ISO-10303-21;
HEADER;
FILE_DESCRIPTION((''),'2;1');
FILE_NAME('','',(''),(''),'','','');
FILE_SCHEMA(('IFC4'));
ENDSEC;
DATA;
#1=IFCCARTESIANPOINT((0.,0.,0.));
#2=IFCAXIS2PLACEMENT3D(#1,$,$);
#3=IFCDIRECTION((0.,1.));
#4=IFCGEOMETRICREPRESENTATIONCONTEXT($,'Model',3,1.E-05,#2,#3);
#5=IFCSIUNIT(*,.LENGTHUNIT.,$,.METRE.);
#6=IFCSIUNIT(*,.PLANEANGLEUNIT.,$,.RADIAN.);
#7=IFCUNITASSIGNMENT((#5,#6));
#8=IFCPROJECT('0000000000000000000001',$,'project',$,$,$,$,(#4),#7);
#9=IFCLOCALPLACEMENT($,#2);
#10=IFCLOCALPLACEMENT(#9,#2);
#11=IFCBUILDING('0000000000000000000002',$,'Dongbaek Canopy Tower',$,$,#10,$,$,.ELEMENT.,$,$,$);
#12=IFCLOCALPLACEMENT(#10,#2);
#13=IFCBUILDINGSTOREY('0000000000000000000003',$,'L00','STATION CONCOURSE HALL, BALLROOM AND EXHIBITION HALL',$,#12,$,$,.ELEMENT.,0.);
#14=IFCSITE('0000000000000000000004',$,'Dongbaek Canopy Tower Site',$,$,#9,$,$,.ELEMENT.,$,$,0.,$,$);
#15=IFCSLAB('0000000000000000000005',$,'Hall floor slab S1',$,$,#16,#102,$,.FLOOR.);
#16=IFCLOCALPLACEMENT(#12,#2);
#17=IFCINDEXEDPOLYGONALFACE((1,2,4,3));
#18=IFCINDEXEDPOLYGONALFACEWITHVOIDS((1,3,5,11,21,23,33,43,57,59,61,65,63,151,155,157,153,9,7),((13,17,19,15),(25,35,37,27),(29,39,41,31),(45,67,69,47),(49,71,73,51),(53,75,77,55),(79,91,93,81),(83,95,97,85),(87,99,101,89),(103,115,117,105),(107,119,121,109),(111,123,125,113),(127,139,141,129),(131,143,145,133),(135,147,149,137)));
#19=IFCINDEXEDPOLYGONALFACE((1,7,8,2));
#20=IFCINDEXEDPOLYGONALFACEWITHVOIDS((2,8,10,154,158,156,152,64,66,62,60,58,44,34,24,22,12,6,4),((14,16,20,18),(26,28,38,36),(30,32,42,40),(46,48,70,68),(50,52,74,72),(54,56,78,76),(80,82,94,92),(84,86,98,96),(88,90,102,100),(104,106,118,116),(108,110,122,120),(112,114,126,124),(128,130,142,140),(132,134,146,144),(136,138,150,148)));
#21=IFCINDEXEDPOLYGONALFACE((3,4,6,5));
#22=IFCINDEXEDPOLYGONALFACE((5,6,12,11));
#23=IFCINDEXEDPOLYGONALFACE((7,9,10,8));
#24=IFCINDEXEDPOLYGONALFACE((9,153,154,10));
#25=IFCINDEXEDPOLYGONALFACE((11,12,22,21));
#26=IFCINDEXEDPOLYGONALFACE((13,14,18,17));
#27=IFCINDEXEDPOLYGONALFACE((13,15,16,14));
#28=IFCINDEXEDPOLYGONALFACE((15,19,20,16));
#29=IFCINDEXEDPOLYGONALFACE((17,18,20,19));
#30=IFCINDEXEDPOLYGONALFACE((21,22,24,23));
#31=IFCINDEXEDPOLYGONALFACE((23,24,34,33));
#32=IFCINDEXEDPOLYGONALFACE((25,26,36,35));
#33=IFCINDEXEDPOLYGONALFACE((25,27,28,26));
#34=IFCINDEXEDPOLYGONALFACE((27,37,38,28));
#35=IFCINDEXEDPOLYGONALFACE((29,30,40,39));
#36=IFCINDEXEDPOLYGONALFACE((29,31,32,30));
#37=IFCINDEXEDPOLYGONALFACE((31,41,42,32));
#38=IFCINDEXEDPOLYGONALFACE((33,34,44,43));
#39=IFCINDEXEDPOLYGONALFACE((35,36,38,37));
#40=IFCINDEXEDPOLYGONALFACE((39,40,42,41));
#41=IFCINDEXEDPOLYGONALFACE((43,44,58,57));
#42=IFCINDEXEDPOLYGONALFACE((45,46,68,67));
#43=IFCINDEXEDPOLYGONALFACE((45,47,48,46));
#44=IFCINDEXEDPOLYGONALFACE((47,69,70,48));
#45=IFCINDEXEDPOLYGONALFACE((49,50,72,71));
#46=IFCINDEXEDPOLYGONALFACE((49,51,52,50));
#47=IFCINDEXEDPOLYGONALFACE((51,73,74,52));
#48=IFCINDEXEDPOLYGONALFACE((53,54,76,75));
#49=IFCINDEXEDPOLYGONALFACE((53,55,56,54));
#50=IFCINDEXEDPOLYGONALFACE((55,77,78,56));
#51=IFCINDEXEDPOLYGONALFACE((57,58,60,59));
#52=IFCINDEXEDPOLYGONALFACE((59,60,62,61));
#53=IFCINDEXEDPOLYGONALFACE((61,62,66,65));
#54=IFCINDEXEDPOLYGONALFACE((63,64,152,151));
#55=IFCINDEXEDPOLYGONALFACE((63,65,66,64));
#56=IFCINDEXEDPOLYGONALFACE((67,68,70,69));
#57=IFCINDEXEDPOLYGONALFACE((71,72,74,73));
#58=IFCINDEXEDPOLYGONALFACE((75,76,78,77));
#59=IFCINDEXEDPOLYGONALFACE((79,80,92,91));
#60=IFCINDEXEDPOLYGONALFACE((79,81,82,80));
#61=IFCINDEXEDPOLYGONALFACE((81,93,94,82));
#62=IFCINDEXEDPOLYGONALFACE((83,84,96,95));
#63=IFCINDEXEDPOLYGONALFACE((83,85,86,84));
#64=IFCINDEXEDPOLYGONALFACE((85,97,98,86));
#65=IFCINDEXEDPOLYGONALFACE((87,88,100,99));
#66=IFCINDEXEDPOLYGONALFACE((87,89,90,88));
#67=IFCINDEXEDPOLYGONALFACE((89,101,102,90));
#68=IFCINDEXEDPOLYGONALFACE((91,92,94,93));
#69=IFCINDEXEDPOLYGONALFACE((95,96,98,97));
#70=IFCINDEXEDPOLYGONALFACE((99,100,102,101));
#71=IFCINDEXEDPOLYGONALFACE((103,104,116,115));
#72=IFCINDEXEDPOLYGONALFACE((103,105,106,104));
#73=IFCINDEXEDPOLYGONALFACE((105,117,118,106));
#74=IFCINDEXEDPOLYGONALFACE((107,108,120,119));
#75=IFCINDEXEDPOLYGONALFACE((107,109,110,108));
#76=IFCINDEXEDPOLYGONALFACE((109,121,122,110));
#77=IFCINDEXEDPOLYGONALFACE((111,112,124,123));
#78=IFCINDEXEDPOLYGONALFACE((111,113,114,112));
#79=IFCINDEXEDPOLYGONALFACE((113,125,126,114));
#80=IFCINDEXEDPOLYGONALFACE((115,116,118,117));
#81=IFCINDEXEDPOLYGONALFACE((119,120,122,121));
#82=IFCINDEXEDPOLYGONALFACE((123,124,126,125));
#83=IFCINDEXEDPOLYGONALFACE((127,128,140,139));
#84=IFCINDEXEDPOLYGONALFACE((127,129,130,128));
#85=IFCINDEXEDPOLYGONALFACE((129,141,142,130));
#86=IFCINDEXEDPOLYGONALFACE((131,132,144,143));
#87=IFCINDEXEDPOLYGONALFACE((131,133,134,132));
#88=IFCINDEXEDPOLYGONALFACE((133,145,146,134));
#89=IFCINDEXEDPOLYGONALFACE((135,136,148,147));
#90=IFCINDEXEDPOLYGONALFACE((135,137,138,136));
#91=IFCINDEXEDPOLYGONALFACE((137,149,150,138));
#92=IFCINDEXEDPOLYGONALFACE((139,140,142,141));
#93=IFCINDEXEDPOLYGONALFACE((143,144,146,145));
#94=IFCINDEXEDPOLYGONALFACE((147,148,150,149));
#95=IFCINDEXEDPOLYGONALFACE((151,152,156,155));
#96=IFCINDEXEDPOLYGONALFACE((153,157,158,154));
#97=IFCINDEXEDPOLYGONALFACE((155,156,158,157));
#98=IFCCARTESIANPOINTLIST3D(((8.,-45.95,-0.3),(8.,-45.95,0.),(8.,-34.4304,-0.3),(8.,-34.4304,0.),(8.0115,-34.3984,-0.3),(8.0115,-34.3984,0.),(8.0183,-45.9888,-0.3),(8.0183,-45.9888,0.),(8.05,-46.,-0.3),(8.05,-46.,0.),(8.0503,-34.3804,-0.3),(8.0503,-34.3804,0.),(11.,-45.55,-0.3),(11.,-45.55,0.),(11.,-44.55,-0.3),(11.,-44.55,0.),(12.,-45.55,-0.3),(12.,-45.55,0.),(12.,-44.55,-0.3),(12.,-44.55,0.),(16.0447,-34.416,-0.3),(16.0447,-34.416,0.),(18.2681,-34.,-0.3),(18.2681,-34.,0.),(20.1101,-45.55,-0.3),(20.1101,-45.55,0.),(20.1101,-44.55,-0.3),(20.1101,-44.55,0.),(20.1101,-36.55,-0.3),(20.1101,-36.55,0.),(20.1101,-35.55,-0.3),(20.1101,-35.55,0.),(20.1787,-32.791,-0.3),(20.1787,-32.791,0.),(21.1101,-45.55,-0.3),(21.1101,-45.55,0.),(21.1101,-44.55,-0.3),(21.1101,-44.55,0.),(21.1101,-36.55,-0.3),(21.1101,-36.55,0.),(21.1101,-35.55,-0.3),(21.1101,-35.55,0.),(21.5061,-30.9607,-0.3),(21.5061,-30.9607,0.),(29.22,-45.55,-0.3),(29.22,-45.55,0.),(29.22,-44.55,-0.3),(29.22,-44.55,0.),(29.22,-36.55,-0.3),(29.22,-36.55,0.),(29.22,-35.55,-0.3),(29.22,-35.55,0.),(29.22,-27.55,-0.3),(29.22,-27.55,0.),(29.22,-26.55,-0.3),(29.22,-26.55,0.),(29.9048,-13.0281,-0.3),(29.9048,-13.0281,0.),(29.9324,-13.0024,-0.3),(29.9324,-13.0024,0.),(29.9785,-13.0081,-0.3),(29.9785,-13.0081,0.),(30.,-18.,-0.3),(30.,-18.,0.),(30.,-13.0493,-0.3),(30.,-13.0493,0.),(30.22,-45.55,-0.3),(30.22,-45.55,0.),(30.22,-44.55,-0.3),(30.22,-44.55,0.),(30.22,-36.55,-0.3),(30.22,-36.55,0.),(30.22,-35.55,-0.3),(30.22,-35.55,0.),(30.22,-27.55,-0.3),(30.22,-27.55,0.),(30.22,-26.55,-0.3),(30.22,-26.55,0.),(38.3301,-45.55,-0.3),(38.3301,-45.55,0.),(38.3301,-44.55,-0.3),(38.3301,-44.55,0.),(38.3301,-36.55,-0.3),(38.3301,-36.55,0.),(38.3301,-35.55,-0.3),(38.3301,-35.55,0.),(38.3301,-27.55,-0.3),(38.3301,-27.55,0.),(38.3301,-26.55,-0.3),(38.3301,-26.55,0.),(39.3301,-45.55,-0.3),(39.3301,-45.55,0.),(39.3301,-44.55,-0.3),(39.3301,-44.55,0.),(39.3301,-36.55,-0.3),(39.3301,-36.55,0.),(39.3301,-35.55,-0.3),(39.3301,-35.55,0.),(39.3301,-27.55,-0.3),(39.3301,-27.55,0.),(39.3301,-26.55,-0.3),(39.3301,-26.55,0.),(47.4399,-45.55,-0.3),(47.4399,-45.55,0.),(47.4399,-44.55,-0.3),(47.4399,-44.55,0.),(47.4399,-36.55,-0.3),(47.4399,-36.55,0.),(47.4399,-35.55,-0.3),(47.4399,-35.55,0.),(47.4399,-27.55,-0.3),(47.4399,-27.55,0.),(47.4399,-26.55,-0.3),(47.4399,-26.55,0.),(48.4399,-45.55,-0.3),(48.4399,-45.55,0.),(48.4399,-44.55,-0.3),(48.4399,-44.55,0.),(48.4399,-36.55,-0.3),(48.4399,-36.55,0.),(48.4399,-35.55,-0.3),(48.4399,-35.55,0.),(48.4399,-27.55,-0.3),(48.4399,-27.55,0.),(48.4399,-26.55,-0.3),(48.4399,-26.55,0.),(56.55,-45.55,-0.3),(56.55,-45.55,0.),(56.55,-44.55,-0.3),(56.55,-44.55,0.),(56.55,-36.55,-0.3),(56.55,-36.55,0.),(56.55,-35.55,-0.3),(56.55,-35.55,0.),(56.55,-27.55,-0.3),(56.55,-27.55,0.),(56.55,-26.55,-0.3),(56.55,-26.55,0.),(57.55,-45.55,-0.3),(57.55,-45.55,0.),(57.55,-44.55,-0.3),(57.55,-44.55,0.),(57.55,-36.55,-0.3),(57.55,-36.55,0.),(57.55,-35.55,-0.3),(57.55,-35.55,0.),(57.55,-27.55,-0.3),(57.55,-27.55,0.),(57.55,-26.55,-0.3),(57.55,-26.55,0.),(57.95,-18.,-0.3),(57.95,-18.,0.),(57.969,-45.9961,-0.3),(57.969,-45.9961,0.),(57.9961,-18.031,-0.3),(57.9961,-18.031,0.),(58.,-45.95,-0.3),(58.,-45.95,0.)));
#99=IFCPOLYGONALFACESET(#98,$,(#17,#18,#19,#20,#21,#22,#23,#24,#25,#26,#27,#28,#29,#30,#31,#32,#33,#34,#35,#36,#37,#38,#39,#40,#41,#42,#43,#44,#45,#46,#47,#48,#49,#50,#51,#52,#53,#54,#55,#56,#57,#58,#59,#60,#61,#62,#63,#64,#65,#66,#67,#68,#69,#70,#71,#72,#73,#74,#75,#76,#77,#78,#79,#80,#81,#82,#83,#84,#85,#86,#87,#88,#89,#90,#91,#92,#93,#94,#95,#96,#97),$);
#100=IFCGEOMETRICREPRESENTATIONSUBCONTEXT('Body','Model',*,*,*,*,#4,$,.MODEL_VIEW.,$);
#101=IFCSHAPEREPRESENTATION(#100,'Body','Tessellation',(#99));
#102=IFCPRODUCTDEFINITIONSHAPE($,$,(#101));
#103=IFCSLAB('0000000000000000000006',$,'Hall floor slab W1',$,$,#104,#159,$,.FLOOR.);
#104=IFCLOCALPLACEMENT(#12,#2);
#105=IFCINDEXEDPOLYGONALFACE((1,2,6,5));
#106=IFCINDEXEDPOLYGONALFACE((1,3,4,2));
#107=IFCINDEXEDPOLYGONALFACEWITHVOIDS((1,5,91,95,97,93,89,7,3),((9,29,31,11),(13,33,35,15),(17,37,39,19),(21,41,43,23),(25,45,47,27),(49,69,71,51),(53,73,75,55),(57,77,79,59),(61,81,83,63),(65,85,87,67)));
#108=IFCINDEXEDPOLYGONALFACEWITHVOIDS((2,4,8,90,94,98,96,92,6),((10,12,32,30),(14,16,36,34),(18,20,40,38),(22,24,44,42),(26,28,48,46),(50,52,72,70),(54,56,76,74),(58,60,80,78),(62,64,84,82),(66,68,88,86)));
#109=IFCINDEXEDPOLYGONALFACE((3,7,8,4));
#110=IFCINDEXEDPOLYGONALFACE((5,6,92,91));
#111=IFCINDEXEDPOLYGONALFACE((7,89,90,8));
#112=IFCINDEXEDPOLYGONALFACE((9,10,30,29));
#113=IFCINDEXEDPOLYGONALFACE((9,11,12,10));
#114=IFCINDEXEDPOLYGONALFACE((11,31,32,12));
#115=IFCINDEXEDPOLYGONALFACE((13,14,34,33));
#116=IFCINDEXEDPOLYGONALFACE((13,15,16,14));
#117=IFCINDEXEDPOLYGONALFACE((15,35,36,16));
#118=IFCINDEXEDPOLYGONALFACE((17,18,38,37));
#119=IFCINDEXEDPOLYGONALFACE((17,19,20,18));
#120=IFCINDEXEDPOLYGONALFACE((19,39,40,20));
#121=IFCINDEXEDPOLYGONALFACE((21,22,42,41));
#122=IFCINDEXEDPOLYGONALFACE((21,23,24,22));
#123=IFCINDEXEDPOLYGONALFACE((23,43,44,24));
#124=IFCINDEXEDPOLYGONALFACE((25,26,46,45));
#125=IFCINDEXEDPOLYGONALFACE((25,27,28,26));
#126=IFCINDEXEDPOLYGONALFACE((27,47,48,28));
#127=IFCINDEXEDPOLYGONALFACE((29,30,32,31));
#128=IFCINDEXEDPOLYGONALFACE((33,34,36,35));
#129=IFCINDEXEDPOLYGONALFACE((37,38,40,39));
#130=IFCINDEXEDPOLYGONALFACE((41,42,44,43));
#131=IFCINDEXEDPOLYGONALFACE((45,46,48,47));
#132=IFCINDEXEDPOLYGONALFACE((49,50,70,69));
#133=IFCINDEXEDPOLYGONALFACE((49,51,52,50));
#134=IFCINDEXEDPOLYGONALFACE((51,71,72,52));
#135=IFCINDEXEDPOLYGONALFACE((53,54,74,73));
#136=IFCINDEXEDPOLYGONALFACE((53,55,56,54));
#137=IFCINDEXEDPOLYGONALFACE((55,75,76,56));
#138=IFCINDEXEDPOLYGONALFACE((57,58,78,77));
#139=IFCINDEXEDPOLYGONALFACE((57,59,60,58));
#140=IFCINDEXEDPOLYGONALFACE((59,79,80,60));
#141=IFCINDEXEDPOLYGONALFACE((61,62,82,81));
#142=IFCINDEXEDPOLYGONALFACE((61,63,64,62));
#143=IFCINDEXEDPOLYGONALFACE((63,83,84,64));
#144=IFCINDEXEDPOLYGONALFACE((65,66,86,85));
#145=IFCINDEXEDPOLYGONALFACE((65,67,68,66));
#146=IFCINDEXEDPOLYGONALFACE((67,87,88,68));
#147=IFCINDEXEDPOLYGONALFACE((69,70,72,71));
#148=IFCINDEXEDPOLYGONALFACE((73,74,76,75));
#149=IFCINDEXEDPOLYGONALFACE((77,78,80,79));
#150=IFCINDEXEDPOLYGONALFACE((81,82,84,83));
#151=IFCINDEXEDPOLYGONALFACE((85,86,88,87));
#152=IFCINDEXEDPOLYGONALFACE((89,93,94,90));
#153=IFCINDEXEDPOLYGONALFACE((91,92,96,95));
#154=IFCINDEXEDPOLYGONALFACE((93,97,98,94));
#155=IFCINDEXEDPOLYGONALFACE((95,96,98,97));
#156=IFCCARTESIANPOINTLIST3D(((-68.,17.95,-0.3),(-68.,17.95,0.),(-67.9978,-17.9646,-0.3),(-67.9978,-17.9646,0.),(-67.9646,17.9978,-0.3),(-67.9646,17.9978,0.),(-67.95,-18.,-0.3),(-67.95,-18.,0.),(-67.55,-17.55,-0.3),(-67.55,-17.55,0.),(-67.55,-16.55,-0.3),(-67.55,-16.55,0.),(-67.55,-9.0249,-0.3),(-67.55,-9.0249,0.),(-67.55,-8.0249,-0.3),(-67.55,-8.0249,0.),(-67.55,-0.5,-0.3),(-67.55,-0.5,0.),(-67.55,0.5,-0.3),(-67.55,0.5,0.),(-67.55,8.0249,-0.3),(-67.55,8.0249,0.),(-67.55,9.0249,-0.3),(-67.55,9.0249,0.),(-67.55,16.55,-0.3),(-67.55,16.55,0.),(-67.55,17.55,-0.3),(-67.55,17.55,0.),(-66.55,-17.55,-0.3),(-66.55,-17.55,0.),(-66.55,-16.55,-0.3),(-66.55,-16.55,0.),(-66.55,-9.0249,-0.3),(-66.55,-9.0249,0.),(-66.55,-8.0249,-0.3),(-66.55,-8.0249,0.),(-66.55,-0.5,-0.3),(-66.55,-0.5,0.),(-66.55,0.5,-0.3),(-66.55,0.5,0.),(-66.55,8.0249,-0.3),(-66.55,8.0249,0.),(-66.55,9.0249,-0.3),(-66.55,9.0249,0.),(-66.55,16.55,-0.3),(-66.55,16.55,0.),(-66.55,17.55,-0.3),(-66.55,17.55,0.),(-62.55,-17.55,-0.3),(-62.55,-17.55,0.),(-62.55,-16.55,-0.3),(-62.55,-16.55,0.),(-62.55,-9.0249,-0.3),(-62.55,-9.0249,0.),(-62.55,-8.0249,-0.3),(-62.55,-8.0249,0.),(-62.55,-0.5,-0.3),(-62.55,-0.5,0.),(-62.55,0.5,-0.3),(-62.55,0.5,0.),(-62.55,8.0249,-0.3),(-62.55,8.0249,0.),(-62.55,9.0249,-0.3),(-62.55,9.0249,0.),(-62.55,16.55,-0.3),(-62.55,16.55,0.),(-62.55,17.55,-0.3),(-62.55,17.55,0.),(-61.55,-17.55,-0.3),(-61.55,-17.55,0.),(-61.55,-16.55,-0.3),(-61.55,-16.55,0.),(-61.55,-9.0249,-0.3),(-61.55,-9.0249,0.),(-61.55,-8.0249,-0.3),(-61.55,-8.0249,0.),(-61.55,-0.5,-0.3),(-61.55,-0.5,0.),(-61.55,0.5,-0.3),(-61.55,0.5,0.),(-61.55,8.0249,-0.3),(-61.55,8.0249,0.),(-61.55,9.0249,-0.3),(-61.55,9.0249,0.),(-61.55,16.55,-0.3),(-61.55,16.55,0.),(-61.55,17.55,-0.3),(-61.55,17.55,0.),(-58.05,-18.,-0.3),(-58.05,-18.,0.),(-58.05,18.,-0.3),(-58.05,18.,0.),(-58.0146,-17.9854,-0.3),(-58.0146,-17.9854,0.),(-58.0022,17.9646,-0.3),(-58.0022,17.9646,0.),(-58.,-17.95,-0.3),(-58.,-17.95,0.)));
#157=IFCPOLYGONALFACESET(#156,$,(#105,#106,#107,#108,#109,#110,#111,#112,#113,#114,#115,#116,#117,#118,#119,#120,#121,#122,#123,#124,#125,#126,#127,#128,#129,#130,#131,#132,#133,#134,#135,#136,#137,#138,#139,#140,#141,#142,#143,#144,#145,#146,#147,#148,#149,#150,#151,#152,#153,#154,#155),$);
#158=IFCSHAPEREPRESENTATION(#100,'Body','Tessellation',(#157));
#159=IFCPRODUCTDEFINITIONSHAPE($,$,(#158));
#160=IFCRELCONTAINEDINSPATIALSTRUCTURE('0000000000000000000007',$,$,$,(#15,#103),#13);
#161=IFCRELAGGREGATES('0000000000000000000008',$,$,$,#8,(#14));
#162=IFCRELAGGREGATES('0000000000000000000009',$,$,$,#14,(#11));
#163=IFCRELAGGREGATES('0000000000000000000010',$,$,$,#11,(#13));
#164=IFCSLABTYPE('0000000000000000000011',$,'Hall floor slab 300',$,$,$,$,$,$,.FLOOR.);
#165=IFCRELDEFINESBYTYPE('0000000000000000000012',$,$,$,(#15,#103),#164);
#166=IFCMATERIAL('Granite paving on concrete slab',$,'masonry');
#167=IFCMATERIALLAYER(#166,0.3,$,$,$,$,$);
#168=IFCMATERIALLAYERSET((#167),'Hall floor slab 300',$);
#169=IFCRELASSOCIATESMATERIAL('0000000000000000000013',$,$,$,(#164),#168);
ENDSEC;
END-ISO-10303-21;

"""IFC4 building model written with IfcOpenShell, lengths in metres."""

from ifc_helpers import new_model, si_unit, direction, frame, origin, place, context, subcontext, project, spatial, polyline, outline, extrude, material, layer, layer_set, type_object, element, save


model = new_model("IFC4")

# Units and contexts
model_context = context("Model", 3, precision=1e-05, world=origin(), true_north=direction((0.0, 1.0)))
body_context = subcontext(model_context, "Body", "Model", "MODEL_VIEW")
ifc_project = project(units=[si_unit("LENGTHUNIT", "METRE"), si_unit("PLANEANGLEUNIT", "RADIAN")], contexts=[model_context])

# Site, building, storey
site_placement = place(None, origin())
site = spatial("IfcSite", under=ifc_project, at=site_placement, Name="Dongbaek Canopy Tower Site", CompositionType="ELEMENT", RefElevation=0.0)
building_placement = place(site_placement, origin())
building = spatial("IfcBuilding", under=site, at=building_placement, Name="Dongbaek Canopy Tower", CompositionType="ELEMENT")
storey_placement = place(building_placement, origin())
storey = spatial("IfcBuildingStorey", under=building, at=storey_placement, Name="L00", Description="STATION CONCOURSE HALL, BALLROOM AND EXHIBITION HALL", CompositionType="ELEMENT", Elevation=0.0)

# Slabs
ifc_material_1 = material(Name="Granite paving on concrete slab", Category="masonry")
ifc_layer_1 = layer(ifc_material_1, 0.3)
ifc_layer_set_1 = layer_set([ifc_layer_1], Name="Hall floor slab 300")
slab_type_1 = type_object("IfcSlabType", Name="Hall floor slab 300", PredefinedType="FLOOR", material=ifc_layer_set_1)
slab_1_placement = place(storey_placement, frame((0.0, 0.0, -0.3)))
element("IfcSlab", 1, at=slab_1_placement, inside=storey, type_object=slab_type_1, Name="Hall floor slab S1", PredefinedType="FLOOR", context=body_context, shape_type="SweptSolid", body=[
    extrude(outline(polyline([(8.0, -34.4304), (8.0115, -34.3984), (8.0503, -34.3804), (16.0447, -34.416), (18.2681, -34.0), (20.1787, -32.791), (21.5061, -30.9607), (29.9048, -13.0281), (29.9324, -13.0024), (29.9785, -13.0081), (30.0, -13.0493), (30.0, -18.0), (57.95, -18.0), (57.9961, -18.031), (58.0, -45.95), (57.969, -45.9961), (8.05, -46.0), (8.0183, -45.9888), (8.0, -45.95), (8.0, -34.4304)]), holes=[polyline([(11.0, -44.55), (11.0, -45.55), (12.0, -45.55), (12.0, -44.55), (11.0, -44.55)]), polyline([(21.1101, -44.55), (20.1101, -44.55), (20.1101, -45.55), (21.1101, -45.55), (21.1101, -44.55)]), polyline([(30.22, -45.55), (30.22, -44.55), (29.22, -44.55), (29.22, -45.55), (30.22, -45.55)]), polyline([(38.3301, -45.55), (39.3301, -45.55), (39.3301, -44.55), (38.3301, -44.55), (38.3301, -45.55)]), polyline([(47.4399, -44.55), (47.4399, -45.55), (48.4399, -45.55), (48.4399, -44.55), (47.4399, -44.55)]), polyline([(57.55, -44.55), (56.55, -44.55), (56.55, -45.55), (57.55, -45.55), (57.55, -44.55)]), polyline([(21.1101, -36.55), (21.1101, -35.55), (20.1101, -35.55), (20.1101, -36.55), (21.1101, -36.55)]), polyline([(29.22, -36.55), (30.22, -36.55), (30.22, -35.55), (29.22, -35.55), (29.22, -36.55)]), polyline([(38.3301, -35.55), (38.3301, -36.55), (39.3301, -36.55), (39.3301, -35.55), (38.3301, -35.55)]), polyline([(48.4399, -35.55), (47.4399, -35.55), (47.4399, -36.55), (48.4399, -36.55), (48.4399, -35.55)]), polyline([(57.55, -36.55), (57.55, -35.55), (56.55, -35.55), (56.55, -36.55), (57.55, -36.55)]), polyline([(29.22, -27.55), (30.22, -27.55), (30.22, -26.55), (29.22, -26.55), (29.22, -27.55)]), polyline([(38.3301, -26.55), (38.3301, -27.55), (39.3301, -27.55), (39.3301, -26.55), (38.3301, -26.55)]), polyline([(48.4399, -26.55), (47.4399, -26.55), (47.4399, -27.55), (48.4399, -27.55), (48.4399, -26.55)]), polyline([(57.55, -27.55), (57.55, -26.55), (56.55, -26.55), (56.55, -27.55), (57.55, -27.55)])]), origin(), (0.0, 0.0, 1.0), 0.3),
])
slab_2_placement = place(storey_placement, frame((0.0, 0.0, -0.3)))
element("IfcSlab", 2, at=slab_2_placement, inside=storey, type_object=slab_type_1, Name="Hall floor slab W1", PredefinedType="FLOOR", context=body_context, shape_type="SweptSolid", body=[
    extrude(outline(polyline([(-58.0146, -17.9854), (-58.05, -18.0), (-67.95, -18.0), (-67.9978, -17.9646), (-68.0, 17.95), (-67.9646, 17.9978), (-58.05, 18.0), (-58.0022, 17.9646), (-58.0, -17.95), (-58.0146, -17.9854)]), holes=[polyline([(-66.55, -16.55), (-67.55, -16.55), (-67.55, -17.55), (-66.55, -17.55), (-66.55, -16.55)]), polyline([(-66.55, -9.0249), (-66.55, -8.0249), (-67.55, -8.0249), (-67.55, -9.0249), (-66.55, -9.0249)]), polyline([(-67.55, -0.5), (-66.55, -0.5), (-66.55, 0.5), (-67.55, 0.5), (-67.55, -0.5)]), polyline([(-67.55, 9.0249), (-67.55, 8.0249), (-66.55, 8.0249), (-66.55, 9.0249), (-67.55, 9.0249)]), polyline([(-66.55, 17.55), (-67.55, 17.55), (-67.55, 16.55), (-66.55, 16.55), (-66.55, 17.55)]), polyline([(-61.55, -17.55), (-61.55, -16.55), (-62.55, -16.55), (-62.55, -17.55), (-61.55, -17.55)]), polyline([(-62.55, -9.0249), (-61.55, -9.0249), (-61.55, -8.0249), (-62.55, -8.0249), (-62.55, -9.0249)]), polyline([(-62.55, 0.5), (-62.55, -0.5), (-61.55, -0.5), (-61.55, 0.5), (-62.55, 0.5)]), polyline([(-61.55, 9.0249), (-62.55, 9.0249), (-62.55, 8.0249), (-61.55, 8.0249), (-61.55, 9.0249)]), polyline([(-61.55, 16.55), (-61.55, 17.55), (-62.55, 17.55), (-62.55, 16.55), (-61.55, 16.55)])]), origin(), (0.0, 0.0, 1.0), 0.3),
])

save(model, "model.ifc")
